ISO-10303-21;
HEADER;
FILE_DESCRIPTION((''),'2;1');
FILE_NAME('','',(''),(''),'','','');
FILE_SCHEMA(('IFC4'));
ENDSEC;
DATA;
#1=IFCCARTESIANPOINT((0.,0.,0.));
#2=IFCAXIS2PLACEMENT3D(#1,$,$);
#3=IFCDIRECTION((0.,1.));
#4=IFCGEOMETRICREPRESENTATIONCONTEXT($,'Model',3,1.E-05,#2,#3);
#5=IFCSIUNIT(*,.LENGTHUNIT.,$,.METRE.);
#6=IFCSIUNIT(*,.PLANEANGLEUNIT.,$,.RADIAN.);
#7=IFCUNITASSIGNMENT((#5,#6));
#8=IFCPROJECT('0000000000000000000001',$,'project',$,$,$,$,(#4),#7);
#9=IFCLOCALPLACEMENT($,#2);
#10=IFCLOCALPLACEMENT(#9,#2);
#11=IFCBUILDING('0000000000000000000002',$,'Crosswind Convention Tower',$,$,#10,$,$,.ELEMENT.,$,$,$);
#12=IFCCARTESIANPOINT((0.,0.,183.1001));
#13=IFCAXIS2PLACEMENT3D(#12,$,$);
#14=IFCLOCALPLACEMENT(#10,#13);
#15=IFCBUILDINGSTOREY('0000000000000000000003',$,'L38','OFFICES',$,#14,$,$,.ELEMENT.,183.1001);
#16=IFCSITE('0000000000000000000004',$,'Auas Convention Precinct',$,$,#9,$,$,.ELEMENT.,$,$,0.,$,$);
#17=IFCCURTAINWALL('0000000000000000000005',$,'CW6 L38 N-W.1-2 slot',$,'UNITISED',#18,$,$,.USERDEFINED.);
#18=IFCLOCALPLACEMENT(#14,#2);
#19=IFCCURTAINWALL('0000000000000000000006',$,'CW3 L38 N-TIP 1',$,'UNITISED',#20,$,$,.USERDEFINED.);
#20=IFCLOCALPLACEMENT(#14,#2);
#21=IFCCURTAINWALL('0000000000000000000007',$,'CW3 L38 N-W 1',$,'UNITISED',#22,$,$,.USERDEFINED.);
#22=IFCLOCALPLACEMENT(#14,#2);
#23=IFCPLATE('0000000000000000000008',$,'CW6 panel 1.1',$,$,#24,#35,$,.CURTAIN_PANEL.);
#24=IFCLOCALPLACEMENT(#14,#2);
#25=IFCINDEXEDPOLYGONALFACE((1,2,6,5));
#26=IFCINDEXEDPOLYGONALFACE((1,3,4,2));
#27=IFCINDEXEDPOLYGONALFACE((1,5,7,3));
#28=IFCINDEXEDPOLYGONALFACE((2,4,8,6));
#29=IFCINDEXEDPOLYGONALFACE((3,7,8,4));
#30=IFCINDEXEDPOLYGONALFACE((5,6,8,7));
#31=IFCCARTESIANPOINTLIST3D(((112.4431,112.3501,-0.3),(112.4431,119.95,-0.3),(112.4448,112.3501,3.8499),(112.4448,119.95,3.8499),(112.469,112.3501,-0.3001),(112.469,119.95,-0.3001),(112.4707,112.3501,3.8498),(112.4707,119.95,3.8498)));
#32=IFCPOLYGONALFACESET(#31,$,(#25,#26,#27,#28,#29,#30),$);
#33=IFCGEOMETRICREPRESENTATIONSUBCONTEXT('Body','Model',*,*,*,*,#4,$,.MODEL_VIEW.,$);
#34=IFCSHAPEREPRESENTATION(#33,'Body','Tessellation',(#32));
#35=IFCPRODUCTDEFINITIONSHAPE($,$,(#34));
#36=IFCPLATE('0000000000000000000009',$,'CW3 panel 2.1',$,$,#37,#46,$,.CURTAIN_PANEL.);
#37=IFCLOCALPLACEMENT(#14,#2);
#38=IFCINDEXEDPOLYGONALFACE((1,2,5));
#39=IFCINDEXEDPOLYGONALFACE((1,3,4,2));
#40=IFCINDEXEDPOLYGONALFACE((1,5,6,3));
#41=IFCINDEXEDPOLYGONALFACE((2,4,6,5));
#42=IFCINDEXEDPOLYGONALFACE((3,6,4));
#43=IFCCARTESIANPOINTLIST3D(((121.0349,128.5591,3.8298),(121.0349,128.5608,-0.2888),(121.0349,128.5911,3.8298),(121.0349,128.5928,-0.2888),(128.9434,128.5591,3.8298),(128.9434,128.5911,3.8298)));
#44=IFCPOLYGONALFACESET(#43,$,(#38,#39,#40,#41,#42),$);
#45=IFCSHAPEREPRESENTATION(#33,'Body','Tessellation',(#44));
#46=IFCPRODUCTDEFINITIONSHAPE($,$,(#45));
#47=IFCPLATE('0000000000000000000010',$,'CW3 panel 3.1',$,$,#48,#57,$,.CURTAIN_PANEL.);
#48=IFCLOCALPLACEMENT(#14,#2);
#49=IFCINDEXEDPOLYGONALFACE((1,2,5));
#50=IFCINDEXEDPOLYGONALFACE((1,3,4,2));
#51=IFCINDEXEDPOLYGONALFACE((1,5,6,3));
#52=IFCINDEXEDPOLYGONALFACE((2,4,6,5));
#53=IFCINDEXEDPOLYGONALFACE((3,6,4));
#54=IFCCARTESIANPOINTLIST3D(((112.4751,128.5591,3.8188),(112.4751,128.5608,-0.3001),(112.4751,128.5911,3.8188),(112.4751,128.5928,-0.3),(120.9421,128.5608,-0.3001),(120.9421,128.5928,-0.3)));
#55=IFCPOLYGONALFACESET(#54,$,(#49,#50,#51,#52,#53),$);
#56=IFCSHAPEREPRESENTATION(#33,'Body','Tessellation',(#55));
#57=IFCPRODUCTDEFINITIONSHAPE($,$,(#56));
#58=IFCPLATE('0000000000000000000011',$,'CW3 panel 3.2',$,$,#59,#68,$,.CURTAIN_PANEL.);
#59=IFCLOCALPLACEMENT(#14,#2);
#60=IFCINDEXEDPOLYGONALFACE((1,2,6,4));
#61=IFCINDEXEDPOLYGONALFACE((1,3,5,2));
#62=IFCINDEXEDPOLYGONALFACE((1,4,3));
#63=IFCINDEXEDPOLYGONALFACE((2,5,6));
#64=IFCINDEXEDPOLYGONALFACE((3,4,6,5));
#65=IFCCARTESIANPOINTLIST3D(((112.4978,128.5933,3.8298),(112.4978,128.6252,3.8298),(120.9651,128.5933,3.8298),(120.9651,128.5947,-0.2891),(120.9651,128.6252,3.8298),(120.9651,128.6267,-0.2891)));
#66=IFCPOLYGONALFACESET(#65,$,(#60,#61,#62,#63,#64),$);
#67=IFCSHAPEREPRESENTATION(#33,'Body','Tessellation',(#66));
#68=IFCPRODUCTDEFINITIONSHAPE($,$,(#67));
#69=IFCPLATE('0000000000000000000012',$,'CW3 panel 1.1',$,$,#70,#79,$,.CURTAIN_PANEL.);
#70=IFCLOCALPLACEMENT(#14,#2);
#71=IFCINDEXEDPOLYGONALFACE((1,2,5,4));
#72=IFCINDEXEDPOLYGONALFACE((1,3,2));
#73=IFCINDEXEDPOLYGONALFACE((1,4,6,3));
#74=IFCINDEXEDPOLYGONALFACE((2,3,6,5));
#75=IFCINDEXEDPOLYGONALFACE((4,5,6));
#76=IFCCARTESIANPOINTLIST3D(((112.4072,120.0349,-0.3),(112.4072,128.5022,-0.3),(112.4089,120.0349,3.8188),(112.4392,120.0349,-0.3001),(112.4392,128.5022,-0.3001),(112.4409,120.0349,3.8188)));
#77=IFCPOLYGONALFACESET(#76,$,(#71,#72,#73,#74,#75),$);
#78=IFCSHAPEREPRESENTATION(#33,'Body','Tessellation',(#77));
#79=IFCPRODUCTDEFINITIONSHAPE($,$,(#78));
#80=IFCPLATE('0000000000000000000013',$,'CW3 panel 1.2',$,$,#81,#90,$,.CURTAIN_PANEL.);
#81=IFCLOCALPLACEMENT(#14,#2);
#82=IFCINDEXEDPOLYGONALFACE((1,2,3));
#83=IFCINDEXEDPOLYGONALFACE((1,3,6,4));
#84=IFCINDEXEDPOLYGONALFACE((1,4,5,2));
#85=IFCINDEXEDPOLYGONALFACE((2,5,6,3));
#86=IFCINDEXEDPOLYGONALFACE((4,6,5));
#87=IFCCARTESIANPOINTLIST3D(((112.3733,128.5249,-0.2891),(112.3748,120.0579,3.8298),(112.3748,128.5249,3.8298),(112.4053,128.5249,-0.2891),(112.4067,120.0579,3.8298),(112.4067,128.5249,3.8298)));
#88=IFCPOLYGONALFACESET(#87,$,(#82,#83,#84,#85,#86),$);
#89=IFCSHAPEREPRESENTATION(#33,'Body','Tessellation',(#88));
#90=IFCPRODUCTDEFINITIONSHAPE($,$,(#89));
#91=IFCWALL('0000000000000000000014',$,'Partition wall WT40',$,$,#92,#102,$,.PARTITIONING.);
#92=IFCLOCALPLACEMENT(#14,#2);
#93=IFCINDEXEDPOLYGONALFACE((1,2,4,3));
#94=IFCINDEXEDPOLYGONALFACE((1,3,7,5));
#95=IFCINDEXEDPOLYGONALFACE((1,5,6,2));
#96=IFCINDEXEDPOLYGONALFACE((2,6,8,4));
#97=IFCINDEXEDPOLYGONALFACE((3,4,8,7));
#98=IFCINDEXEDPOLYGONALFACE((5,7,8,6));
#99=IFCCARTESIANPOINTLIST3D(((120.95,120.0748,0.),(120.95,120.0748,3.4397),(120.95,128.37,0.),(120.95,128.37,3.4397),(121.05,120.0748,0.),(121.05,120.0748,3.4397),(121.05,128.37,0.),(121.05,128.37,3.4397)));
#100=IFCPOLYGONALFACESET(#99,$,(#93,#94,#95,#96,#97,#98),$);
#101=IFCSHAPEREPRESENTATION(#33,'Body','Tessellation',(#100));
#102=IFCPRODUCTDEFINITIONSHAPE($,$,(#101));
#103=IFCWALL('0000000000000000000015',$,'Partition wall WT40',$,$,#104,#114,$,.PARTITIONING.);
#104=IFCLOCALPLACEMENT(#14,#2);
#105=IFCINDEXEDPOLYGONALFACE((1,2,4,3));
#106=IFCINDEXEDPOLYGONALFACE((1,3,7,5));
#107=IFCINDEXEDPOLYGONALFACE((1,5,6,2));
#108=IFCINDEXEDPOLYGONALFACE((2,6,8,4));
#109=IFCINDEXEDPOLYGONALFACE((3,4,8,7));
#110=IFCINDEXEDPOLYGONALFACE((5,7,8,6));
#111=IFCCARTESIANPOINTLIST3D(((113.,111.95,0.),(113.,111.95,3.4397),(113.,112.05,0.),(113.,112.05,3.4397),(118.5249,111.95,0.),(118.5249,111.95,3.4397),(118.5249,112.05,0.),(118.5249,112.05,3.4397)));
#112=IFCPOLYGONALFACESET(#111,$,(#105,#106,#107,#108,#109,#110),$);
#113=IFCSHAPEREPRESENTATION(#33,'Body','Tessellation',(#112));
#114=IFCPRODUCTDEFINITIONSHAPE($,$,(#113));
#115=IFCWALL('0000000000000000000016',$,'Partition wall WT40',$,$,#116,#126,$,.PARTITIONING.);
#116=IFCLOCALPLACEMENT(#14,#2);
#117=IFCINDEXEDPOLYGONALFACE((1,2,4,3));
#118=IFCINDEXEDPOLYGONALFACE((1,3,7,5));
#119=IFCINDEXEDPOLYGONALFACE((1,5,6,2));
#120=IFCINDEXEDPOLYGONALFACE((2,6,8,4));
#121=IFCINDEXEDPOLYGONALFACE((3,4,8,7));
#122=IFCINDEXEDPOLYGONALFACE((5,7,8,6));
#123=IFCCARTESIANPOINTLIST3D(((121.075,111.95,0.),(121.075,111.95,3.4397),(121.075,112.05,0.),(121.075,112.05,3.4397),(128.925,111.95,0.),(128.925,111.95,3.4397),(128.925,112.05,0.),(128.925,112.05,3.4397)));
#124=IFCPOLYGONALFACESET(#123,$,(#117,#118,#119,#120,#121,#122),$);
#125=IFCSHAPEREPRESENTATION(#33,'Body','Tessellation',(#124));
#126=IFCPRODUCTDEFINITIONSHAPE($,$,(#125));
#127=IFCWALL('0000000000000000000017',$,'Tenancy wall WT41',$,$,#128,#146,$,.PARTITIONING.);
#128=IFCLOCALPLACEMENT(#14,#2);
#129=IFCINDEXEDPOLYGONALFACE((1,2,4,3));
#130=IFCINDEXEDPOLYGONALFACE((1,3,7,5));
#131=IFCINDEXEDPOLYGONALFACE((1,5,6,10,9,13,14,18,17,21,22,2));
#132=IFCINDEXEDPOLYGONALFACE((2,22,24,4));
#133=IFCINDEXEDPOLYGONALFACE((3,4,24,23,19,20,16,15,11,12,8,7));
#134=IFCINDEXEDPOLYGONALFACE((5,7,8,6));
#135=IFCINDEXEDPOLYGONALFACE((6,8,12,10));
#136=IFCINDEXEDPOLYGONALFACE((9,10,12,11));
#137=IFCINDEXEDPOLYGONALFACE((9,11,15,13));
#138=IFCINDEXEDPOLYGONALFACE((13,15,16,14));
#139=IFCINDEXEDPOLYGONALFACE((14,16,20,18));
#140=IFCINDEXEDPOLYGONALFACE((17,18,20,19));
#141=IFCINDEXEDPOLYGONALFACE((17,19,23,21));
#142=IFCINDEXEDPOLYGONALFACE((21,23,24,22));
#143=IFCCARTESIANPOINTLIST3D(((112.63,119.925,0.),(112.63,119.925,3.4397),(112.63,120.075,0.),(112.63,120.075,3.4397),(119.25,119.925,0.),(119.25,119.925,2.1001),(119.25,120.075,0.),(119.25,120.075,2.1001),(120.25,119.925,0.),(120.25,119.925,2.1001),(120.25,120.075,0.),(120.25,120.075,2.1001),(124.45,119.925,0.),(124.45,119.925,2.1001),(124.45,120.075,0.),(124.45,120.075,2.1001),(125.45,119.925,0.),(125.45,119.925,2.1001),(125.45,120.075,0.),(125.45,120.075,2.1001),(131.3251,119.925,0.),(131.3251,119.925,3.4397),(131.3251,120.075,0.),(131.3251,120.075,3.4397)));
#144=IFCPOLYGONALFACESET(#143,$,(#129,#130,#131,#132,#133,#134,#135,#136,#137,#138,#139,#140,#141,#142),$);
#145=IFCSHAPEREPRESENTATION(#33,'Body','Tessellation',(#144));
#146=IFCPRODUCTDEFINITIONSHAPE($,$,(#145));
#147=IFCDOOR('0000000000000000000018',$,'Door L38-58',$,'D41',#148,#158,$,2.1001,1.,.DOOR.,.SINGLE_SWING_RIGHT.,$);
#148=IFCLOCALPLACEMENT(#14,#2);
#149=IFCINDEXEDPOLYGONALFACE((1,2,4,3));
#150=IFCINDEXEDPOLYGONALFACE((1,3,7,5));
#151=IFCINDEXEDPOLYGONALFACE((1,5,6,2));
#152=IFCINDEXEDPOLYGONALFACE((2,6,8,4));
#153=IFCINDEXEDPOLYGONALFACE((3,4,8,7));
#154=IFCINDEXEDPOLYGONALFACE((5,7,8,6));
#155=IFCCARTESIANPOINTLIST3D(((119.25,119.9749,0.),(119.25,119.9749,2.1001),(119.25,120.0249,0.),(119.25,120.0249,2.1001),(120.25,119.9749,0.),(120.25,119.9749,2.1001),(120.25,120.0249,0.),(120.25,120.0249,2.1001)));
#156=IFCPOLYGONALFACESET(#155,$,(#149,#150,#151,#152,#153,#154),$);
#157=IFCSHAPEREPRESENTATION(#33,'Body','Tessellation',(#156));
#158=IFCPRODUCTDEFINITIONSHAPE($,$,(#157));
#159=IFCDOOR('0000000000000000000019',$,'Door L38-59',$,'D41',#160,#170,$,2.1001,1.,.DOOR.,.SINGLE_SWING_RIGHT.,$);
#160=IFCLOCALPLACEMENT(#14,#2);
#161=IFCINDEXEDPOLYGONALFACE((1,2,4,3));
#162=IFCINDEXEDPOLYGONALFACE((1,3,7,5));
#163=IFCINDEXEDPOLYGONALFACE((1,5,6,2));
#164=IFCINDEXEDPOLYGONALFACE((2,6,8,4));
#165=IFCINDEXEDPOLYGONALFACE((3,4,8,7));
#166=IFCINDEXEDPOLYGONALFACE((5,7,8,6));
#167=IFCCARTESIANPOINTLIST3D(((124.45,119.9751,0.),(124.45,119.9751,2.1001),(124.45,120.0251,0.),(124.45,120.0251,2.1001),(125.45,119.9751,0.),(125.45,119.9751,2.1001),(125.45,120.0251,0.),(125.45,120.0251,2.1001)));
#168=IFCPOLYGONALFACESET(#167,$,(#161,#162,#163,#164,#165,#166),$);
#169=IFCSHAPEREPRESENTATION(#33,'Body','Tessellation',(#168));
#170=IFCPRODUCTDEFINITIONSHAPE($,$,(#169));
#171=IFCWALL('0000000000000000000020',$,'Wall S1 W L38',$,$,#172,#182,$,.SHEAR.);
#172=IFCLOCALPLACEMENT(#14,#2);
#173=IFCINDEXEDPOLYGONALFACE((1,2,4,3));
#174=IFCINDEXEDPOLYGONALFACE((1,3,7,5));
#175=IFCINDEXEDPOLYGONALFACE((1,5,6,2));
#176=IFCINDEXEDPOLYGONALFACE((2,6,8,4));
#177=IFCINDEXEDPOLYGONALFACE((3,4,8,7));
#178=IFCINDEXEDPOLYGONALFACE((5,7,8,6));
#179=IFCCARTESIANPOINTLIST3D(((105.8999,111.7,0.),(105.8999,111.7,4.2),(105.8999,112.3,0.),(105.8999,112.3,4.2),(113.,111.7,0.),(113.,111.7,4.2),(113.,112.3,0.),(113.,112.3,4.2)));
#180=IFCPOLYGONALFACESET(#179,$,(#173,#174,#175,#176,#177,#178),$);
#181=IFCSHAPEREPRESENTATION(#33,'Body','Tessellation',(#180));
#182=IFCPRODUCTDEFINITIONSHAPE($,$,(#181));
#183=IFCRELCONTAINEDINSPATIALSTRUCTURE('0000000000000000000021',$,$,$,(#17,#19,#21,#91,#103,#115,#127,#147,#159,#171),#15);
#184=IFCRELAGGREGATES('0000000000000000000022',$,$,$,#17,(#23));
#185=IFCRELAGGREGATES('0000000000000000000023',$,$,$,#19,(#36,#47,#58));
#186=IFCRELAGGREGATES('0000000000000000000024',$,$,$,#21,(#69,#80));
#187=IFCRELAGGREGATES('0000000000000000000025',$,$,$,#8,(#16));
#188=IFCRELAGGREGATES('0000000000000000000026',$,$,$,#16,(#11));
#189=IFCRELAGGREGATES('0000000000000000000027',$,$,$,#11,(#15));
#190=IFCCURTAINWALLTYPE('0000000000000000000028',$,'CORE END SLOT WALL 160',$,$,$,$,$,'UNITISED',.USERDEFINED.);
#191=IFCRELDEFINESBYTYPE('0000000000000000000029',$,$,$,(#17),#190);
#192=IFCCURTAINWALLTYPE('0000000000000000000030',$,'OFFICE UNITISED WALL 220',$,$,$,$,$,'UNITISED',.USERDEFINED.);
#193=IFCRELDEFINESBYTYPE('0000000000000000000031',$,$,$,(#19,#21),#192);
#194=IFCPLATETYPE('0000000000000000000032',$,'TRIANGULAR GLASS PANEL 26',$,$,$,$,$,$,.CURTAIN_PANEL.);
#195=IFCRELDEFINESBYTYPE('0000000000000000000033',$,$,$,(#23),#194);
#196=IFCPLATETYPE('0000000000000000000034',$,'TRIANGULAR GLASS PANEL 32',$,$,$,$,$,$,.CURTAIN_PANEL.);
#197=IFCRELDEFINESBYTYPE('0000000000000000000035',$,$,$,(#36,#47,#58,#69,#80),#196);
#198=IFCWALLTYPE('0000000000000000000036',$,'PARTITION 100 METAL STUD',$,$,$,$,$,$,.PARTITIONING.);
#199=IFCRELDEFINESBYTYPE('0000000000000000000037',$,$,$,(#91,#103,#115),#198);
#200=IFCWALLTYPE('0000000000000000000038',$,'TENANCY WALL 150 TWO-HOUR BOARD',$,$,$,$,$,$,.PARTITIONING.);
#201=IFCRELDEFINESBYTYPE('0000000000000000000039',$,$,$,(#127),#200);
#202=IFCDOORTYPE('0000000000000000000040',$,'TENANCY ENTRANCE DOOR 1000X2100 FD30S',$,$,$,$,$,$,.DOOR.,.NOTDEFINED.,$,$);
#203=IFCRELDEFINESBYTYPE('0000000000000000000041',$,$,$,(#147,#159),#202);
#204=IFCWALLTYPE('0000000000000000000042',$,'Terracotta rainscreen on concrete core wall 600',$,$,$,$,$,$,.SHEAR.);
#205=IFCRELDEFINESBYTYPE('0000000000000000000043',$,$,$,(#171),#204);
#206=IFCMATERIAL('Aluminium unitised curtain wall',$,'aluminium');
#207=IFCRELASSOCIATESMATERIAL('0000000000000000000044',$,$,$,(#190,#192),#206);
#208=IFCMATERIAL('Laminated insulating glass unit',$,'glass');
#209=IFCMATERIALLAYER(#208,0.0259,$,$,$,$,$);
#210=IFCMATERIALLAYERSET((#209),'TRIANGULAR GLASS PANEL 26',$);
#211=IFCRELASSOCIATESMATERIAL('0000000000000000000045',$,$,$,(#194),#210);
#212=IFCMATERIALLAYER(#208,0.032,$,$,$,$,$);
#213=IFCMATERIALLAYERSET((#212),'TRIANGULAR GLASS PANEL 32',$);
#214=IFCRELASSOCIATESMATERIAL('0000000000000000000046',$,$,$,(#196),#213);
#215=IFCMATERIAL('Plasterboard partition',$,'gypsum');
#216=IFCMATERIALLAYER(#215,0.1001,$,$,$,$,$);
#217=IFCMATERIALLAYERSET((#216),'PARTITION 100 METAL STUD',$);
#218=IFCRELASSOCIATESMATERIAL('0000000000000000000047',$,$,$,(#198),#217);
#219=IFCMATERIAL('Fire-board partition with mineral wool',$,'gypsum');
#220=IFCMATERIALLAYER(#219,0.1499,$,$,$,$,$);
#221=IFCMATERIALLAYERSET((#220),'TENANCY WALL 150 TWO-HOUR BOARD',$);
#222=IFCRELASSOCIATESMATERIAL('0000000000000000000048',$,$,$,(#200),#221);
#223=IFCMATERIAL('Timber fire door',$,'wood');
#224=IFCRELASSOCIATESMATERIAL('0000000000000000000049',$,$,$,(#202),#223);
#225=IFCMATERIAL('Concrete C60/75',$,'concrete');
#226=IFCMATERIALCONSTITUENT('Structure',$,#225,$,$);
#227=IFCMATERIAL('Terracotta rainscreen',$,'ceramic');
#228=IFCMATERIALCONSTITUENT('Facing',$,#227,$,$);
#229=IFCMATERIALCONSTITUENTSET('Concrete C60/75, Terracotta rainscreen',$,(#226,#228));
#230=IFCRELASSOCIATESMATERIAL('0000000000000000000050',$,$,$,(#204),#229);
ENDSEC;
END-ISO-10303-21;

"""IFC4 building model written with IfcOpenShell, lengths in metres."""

from ifc_helpers import new_model, si_unit, direction, frame, frame_2d, origin, place, context, subcontext, project, spatial, polyline, rectangle, outline, extrude, material, layer, layer_set, constituent, constituent_set, type_object, element, fill, aggregate, save


model = new_model("IFC4")

# Units and contexts
model_context = context("Model", 3, precision=1e-05, world=origin(), true_north=direction((0.0, 1.0)))
body_context = subcontext(model_context, "Body", "Model", "MODEL_VIEW")
ifc_project = project(units=[si_unit("LENGTHUNIT", "METRE"), si_unit("PLANEANGLEUNIT", "RADIAN")], contexts=[model_context])

# Site, building, storey
site_placement = place(None, origin())
site = spatial("IfcSite", under=ifc_project, at=site_placement, Name="Auas Convention Precinct", CompositionType="ELEMENT", RefElevation=0.0)
building_placement = place(site_placement, origin())
building = spatial("IfcBuilding", under=site, at=building_placement, Name="Crosswind Convention Tower", CompositionType="ELEMENT")
storey_placement = place(building_placement, frame((0.0, 0.0, 183.1001)))
storey = spatial("IfcBuildingStorey", under=building, at=storey_placement, Name="L38", Description="OFFICES", CompositionType="ELEMENT", Elevation=183.1001)

# Shared definitions
ifc_material_1 = material(Name="Concrete C60/75", Category="concrete")

# Curtain walls
ifc_material_2 = material(Name="Aluminium unitised curtain wall", Category="aluminium")
curtain_wall_type_1 = type_object("IfcCurtainWallType", Name="CORE END SLOT WALL 160", ElementType="UNITISED", PredefinedType="USERDEFINED", material=ifc_material_2)
curtain_wall_1_placement = place(storey_placement, origin())
curtain_wall_1 = element("IfcCurtainWall", 1, at=curtain_wall_1_placement, inside=storey, type_object=curtain_wall_type_1, Name="CW6 L38 N-W.1-2 slot", ObjectType="UNITISED", PredefinedType="USERDEFINED")
curtain_wall_type_2 = type_object("IfcCurtainWallType", Name="OFFICE UNITISED WALL 220", ElementType="UNITISED", PredefinedType="USERDEFINED", material=ifc_material_2)
curtain_wall_2_placement = place(storey_placement, origin())
curtain_wall_2 = element("IfcCurtainWall", 2, at=curtain_wall_2_placement, inside=storey, type_object=curtain_wall_type_2, Name="CW3 L38 N-TIP 1", ObjectType="UNITISED", PredefinedType="USERDEFINED")

# Curtain wall
curtain_wall_3_placement = place(storey_placement, origin())
curtain_wall_3 = element("IfcCurtainWall", 3, at=curtain_wall_3_placement, inside=storey, type_object=curtain_wall_type_2, Name="CW3 L38 N-W 1", ObjectType="UNITISED", PredefinedType="USERDEFINED")

# Plates
ifc_material_3 = material(Name="Laminated insulating glass unit", Category="glass")
ifc_layer_1 = layer(ifc_material_3, 0.0259)
ifc_layer_set_1 = layer_set([ifc_layer_1], Name="TRIANGULAR GLASS PANEL 26")
plate_type_1 = type_object("IfcPlateType", Name="TRIANGULAR GLASS PANEL 26", PredefinedType="CURTAIN_PANEL", material=ifc_layer_set_1)
plate_1_placement = place(storey_placement, frame((112.4431, 119.95, -0.3), z_axis=(-1.0, 0.0, 0.000412), x_axis=(0.0, -1.0, 0.0)))
plate_1 = element("IfcPlate", 4, at=plate_1_placement, type_object=plate_type_1, Name="CW6 panel 1.1", PredefinedType="CURTAIN_PANEL", context=body_context, shape_type="SweptSolid", body=[
    extrude(outline(polyline([(0.0, 0.0), (7.5999, 0.0), (7.5999, 4.1499), (0.0, 4.1499), (0.0, 0.0)])), origin(), (0.0, 0.0, -1.0), 0.0259),
])
aggregate(curtain_wall_1, [plate_1])
ifc_layer_2 = layer(ifc_material_3, 0.032)
ifc_layer_set_2 = layer_set([ifc_layer_2], Name="TRIANGULAR GLASS PANEL 32")
plate_type_2 = type_object("IfcPlateType", Name="TRIANGULAR GLASS PANEL 32", PredefinedType="CURTAIN_PANEL", material=ifc_layer_set_2)
plate_2_placement = place(storey_placement, frame((121.0349, 128.5911, 3.8298), z_axis=(0.0, 1.0, 0.000415), x_axis=(1.0, 0.0, 0.0)))
plate_2 = element("IfcPlate", 5, at=plate_2_placement, type_object=plate_type_2, Name="CW3 panel 2.1", PredefinedType="CURTAIN_PANEL", context=body_context, shape_type="SweptSolid", body=[
    extrude(outline(polyline([(0.0, 0.0), (7.9084, 0.0), (0.0, 4.1187), (0.0, 0.0)])), origin(), (0.0, 0.0, -1.0), 0.032),
])
plate_3_placement = place(storey_placement, frame((112.4751, 128.5928, -0.3), z_axis=(0.0, 1.0, 0.000415), x_axis=(0.0, -0.000415, 1.0)))
plate_3 = element("IfcPlate", 6, at=plate_3_placement, type_object=plate_type_2, Name="CW3 panel 3.1", PredefinedType="CURTAIN_PANEL", context=body_context, shape_type="SweptSolid", body=[
    extrude(outline(polyline([(0.0, 0.0), (4.1189, 0.0), (0.0, 8.467), (0.0, 0.0)])), origin(), (0.0, 0.0, -1.0), 0.032),
])
plate_4_placement = place(storey_placement, frame((120.9651, 128.6252, 3.8298), z_axis=(0.0, 1.0, 0.000356), x_axis=(0.0, 0.000356, -1.0)))
plate_4 = element("IfcPlate", 7, at=plate_4_placement, type_object=plate_type_2, Name="CW3 panel 3.2", PredefinedType="CURTAIN_PANEL", context=body_context, shape_type="SweptSolid", body=[
    extrude(outline(polyline([(0.0, 0.0), (4.1189, 0.0), (0.0, 8.4673), (0.0, 0.0)])), origin(), (0.0, 0.0, -1.0), 0.032),
])
aggregate(curtain_wall_2, [plate_2, plate_3, plate_4])
plate_5_placement = place(storey_placement, frame((112.4072, 120.0349, -0.3), z_axis=(-1.0, 0.0, 0.000415), x_axis=(0.000415, 0.0, 1.0)))
plate_5 = element("IfcPlate", 8, at=plate_5_placement, type_object=plate_type_2, Name="CW3 panel 1.1", PredefinedType="CURTAIN_PANEL", context=body_context, shape_type="SweptSolid", body=[
    extrude(outline(polyline([(0.0, 0.0), (4.1189, 0.0), (0.0, 8.4673), (0.0, 0.0)])), origin(), (0.0, 0.0, -1.0), 0.032),
])
plate_6_placement = place(storey_placement, frame((112.3748, 128.5249, 3.8298), z_axis=(-1.0, 0.0, 0.000356), x_axis=(-0.000356, 0.0, -1.0)))
plate_6 = element("IfcPlate", 9, at=plate_6_placement, type_object=plate_type_2, Name="CW3 panel 1.2", PredefinedType="CURTAIN_PANEL", context=body_context, shape_type="SweptSolid", body=[
    extrude(outline(polyline([(0.0, 0.0), (4.1189, 0.0), (0.0, 8.467), (0.0, 0.0)])), origin(), (0.0, 0.0, -1.0), 0.032),
])

# Walls
ifc_material_4 = material(Name="Plasterboard partition", Category="gypsum")
ifc_layer_3 = layer(ifc_material_4, 0.1001)
ifc_layer_set_3 = layer_set([ifc_layer_3], Name="PARTITION 100 METAL STUD")
wall_type_1 = type_object("IfcWallType", Name="PARTITION 100 METAL STUD", PredefinedType="PARTITIONING", material=ifc_layer_set_3)
wall_1_placement = place(storey_placement, frame((121.0, 120.075, 0.0), z_axis=(0.0, 0.0, 1.0), x_axis=(0.0, 1.0, 0.0)))
element("IfcWall", 10, at=wall_1_placement, inside=storey, type_object=wall_type_1, Name="Partition wall WT40", PredefinedType="PARTITIONING", context=body_context, shape_type="SweptSolid", body=[
    extrude(rectangle(XDim=8.2952, YDim=0.1001, at=frame_2d((4.1475, 0.0))), origin(), (0.0, 0.0, 1.0), 3.4397),
])
wall_2_placement = place(storey_placement, frame((113.0, 112.0, 0.0), z_axis=(0.0, 0.0, 1.0), x_axis=(1.0, 0.0, 0.0)))
element("IfcWall", 11, at=wall_2_placement, inside=storey, type_object=wall_type_1, Name="Partition wall WT40", PredefinedType="PARTITIONING", context=body_context, shape_type="SweptSolid", body=[
    extrude(rectangle(XDim=5.5249, YDim=0.1001, at=frame_2d((2.7625, 0.0))), origin(), (0.0, 0.0, 1.0), 3.4397),
])
wall_3_placement = place(storey_placement, frame((121.075, 112.0, 0.0), z_axis=(0.0, 0.0, 1.0), x_axis=(1.0, 0.0, 0.0)))
element("IfcWall", 12, at=wall_3_placement, inside=storey, type_object=wall_type_1, Name="Partition wall WT40", PredefinedType="PARTITIONING", context=body_context, shape_type="SweptSolid", body=[
    extrude(rectangle(XDim=7.8501, YDim=0.1001, at=frame_2d((3.925, 0.0))), origin(), (0.0, 0.0, 1.0), 3.4397),
])

# Wall, openings, doors
ifc_material_5 = material(Name="Fire-board partition with mineral wool", Category="gypsum")
ifc_layer_4 = layer(ifc_material_5, 0.1499)
ifc_layer_set_4 = layer_set([ifc_layer_4], Name="TENANCY WALL 150 TWO-HOUR BOARD")
wall_type_2 = type_object("IfcWallType", Name="TENANCY WALL 150 TWO-HOUR BOARD", PredefinedType="PARTITIONING", material=ifc_layer_set_4)
wall_4_placement = place(storey_placement, frame((112.6299, 120.0, 0.0), z_axis=(0.0, 0.0, 1.0), x_axis=(1.0, 0.0, 0.0)))
wall_4 = element("IfcWall", 13, at=wall_4_placement, inside=storey, type_object=wall_type_2, Name="Tenancy wall WT41", PredefinedType="PARTITIONING", context=body_context, shape_type="SweptSolid", body=[
    extrude(rectangle(XDim=18.6951, YDim=0.1499, at=frame_2d((9.3477, 0.0))), origin(), (0.0, 0.0, 1.0), 3.4397),
])
opening_1_placement = place(wall_4_placement, frame((6.6201, 0.0, 0.0)))
opening_1 = element("IfcOpeningElement", 14, at=opening_1_placement, cuts=wall_4, PredefinedType="OPENING", context=body_context, shape_type="SweptSolid", body=[
    extrude(rectangle(XDim=1.0, YDim=2.1001, at=frame_2d((0.5, 1.05))), frame((0.0, 0.085, 0.0), z_axis=(0.0, -1.0, 0.0), x_axis=(1.0, 0.0, 0.0)), (0.0, 0.0, 1.0), 0.1699),
])
opening_2_placement = place(wall_4_placement, frame((11.8201, 0.0, 0.0)))
opening_2 = element("IfcOpeningElement", 15, at=opening_2_placement, cuts=wall_4, PredefinedType="OPENING", context=body_context, shape_type="SweptSolid", body=[
    extrude(rectangle(XDim=1.0, YDim=2.1001, at=frame_2d((0.5, 1.05))), frame((0.0, 0.085, 0.0), z_axis=(0.0, -1.0, 0.0), x_axis=(1.0, 0.0, 0.0)), (0.0, 0.0, 1.0), 0.1699),
])
ifc_material_6 = material(Name="Timber fire door", Category="wood")
door_type = type_object("IfcDoorType", Name="TENANCY ENTRANCE DOOR 1000X2100 FD30S", OperationType="NOTDEFINED", PredefinedType="DOOR", material=ifc_material_6)
door_1_placement = place(opening_1_placement, origin())
door_1 = element("IfcDoor", 16, at=door_1_placement, inside=storey, type_object=door_type, Name="Door L38-58", ObjectType="D41", OperationType="SINGLE_SWING_RIGHT", OverallHeight=2.1001, OverallWidth=1.0, PredefinedType="DOOR", context=body_context, shape_type="SweptSolid", body=[
    extrude(rectangle(XDim=1.0, YDim=2.1001, at=frame_2d((0.5, 1.05))), frame((0.0, 0.0249, 0.0), z_axis=(0.0, -1.0, 0.0), x_axis=(1.0, 0.0, 0.0)), (0.0, 0.0, 1.0), 0.05),
])
fill(opening_1, door_1)
door_2_placement = place(opening_2_placement, frame((1.0, 0.0, 0.0), z_axis=(0.0, 0.0, 1.0), x_axis=(-1.0, 0.0, 0.0)))
door_2 = element("IfcDoor", 17, at=door_2_placement, inside=storey, type_object=door_type, Name="Door L38-59", ObjectType="D41", OperationType="SINGLE_SWING_RIGHT", OverallHeight=2.1001, OverallWidth=1.0, PredefinedType="DOOR", context=body_context, shape_type="SweptSolid", body=[
    extrude(rectangle(XDim=1.0, YDim=2.1001, at=frame_2d((0.5, 1.05))), frame((0.0, 0.0249, 0.0), z_axis=(0.0, -1.0, 0.0), x_axis=(1.0, 0.0, 0.0)), (0.0, 0.0, 1.0), 0.05),
])
fill(opening_2, door_2)

# Wall
ifc_constituent_1 = constituent(ifc_material_1, Name="Structure")
ifc_material_7 = material(Name="Terracotta rainscreen", Category="ceramic")
ifc_constituent_2 = constituent(ifc_material_7, Name="Facing")
ifc_constituent_set = constituent_set(constituents=[ifc_constituent_1, ifc_constituent_2], Name="Concrete C60/75, Terracotta rainscreen")
wall_type_3 = type_object("IfcWallType", Name="Terracotta rainscreen on concrete core wall 600", PredefinedType="SHEAR", material=ifc_constituent_set)
wall_5_placement = place(storey_placement, frame((113.0, 112.0, 0.0), z_axis=(0.0, 0.0, 1.0), x_axis=(-1.0, 0.0, 0.0)))
element("IfcWall", 18, at=wall_5_placement, inside=storey, type_object=wall_type_3, Name="Wall S1 W L38", PredefinedType="SHEAR", context=body_context, shape_type="SweptSolid", body=[
    extrude(rectangle(XDim=7.1001, YDim=0.6001, at=frame_2d((3.55, 0.0))), origin(), (0.0, 0.0, 1.0), 4.2),
])

aggregate(curtain_wall_3, [plate_5, plate_6])

save(model, "model.ifc")
